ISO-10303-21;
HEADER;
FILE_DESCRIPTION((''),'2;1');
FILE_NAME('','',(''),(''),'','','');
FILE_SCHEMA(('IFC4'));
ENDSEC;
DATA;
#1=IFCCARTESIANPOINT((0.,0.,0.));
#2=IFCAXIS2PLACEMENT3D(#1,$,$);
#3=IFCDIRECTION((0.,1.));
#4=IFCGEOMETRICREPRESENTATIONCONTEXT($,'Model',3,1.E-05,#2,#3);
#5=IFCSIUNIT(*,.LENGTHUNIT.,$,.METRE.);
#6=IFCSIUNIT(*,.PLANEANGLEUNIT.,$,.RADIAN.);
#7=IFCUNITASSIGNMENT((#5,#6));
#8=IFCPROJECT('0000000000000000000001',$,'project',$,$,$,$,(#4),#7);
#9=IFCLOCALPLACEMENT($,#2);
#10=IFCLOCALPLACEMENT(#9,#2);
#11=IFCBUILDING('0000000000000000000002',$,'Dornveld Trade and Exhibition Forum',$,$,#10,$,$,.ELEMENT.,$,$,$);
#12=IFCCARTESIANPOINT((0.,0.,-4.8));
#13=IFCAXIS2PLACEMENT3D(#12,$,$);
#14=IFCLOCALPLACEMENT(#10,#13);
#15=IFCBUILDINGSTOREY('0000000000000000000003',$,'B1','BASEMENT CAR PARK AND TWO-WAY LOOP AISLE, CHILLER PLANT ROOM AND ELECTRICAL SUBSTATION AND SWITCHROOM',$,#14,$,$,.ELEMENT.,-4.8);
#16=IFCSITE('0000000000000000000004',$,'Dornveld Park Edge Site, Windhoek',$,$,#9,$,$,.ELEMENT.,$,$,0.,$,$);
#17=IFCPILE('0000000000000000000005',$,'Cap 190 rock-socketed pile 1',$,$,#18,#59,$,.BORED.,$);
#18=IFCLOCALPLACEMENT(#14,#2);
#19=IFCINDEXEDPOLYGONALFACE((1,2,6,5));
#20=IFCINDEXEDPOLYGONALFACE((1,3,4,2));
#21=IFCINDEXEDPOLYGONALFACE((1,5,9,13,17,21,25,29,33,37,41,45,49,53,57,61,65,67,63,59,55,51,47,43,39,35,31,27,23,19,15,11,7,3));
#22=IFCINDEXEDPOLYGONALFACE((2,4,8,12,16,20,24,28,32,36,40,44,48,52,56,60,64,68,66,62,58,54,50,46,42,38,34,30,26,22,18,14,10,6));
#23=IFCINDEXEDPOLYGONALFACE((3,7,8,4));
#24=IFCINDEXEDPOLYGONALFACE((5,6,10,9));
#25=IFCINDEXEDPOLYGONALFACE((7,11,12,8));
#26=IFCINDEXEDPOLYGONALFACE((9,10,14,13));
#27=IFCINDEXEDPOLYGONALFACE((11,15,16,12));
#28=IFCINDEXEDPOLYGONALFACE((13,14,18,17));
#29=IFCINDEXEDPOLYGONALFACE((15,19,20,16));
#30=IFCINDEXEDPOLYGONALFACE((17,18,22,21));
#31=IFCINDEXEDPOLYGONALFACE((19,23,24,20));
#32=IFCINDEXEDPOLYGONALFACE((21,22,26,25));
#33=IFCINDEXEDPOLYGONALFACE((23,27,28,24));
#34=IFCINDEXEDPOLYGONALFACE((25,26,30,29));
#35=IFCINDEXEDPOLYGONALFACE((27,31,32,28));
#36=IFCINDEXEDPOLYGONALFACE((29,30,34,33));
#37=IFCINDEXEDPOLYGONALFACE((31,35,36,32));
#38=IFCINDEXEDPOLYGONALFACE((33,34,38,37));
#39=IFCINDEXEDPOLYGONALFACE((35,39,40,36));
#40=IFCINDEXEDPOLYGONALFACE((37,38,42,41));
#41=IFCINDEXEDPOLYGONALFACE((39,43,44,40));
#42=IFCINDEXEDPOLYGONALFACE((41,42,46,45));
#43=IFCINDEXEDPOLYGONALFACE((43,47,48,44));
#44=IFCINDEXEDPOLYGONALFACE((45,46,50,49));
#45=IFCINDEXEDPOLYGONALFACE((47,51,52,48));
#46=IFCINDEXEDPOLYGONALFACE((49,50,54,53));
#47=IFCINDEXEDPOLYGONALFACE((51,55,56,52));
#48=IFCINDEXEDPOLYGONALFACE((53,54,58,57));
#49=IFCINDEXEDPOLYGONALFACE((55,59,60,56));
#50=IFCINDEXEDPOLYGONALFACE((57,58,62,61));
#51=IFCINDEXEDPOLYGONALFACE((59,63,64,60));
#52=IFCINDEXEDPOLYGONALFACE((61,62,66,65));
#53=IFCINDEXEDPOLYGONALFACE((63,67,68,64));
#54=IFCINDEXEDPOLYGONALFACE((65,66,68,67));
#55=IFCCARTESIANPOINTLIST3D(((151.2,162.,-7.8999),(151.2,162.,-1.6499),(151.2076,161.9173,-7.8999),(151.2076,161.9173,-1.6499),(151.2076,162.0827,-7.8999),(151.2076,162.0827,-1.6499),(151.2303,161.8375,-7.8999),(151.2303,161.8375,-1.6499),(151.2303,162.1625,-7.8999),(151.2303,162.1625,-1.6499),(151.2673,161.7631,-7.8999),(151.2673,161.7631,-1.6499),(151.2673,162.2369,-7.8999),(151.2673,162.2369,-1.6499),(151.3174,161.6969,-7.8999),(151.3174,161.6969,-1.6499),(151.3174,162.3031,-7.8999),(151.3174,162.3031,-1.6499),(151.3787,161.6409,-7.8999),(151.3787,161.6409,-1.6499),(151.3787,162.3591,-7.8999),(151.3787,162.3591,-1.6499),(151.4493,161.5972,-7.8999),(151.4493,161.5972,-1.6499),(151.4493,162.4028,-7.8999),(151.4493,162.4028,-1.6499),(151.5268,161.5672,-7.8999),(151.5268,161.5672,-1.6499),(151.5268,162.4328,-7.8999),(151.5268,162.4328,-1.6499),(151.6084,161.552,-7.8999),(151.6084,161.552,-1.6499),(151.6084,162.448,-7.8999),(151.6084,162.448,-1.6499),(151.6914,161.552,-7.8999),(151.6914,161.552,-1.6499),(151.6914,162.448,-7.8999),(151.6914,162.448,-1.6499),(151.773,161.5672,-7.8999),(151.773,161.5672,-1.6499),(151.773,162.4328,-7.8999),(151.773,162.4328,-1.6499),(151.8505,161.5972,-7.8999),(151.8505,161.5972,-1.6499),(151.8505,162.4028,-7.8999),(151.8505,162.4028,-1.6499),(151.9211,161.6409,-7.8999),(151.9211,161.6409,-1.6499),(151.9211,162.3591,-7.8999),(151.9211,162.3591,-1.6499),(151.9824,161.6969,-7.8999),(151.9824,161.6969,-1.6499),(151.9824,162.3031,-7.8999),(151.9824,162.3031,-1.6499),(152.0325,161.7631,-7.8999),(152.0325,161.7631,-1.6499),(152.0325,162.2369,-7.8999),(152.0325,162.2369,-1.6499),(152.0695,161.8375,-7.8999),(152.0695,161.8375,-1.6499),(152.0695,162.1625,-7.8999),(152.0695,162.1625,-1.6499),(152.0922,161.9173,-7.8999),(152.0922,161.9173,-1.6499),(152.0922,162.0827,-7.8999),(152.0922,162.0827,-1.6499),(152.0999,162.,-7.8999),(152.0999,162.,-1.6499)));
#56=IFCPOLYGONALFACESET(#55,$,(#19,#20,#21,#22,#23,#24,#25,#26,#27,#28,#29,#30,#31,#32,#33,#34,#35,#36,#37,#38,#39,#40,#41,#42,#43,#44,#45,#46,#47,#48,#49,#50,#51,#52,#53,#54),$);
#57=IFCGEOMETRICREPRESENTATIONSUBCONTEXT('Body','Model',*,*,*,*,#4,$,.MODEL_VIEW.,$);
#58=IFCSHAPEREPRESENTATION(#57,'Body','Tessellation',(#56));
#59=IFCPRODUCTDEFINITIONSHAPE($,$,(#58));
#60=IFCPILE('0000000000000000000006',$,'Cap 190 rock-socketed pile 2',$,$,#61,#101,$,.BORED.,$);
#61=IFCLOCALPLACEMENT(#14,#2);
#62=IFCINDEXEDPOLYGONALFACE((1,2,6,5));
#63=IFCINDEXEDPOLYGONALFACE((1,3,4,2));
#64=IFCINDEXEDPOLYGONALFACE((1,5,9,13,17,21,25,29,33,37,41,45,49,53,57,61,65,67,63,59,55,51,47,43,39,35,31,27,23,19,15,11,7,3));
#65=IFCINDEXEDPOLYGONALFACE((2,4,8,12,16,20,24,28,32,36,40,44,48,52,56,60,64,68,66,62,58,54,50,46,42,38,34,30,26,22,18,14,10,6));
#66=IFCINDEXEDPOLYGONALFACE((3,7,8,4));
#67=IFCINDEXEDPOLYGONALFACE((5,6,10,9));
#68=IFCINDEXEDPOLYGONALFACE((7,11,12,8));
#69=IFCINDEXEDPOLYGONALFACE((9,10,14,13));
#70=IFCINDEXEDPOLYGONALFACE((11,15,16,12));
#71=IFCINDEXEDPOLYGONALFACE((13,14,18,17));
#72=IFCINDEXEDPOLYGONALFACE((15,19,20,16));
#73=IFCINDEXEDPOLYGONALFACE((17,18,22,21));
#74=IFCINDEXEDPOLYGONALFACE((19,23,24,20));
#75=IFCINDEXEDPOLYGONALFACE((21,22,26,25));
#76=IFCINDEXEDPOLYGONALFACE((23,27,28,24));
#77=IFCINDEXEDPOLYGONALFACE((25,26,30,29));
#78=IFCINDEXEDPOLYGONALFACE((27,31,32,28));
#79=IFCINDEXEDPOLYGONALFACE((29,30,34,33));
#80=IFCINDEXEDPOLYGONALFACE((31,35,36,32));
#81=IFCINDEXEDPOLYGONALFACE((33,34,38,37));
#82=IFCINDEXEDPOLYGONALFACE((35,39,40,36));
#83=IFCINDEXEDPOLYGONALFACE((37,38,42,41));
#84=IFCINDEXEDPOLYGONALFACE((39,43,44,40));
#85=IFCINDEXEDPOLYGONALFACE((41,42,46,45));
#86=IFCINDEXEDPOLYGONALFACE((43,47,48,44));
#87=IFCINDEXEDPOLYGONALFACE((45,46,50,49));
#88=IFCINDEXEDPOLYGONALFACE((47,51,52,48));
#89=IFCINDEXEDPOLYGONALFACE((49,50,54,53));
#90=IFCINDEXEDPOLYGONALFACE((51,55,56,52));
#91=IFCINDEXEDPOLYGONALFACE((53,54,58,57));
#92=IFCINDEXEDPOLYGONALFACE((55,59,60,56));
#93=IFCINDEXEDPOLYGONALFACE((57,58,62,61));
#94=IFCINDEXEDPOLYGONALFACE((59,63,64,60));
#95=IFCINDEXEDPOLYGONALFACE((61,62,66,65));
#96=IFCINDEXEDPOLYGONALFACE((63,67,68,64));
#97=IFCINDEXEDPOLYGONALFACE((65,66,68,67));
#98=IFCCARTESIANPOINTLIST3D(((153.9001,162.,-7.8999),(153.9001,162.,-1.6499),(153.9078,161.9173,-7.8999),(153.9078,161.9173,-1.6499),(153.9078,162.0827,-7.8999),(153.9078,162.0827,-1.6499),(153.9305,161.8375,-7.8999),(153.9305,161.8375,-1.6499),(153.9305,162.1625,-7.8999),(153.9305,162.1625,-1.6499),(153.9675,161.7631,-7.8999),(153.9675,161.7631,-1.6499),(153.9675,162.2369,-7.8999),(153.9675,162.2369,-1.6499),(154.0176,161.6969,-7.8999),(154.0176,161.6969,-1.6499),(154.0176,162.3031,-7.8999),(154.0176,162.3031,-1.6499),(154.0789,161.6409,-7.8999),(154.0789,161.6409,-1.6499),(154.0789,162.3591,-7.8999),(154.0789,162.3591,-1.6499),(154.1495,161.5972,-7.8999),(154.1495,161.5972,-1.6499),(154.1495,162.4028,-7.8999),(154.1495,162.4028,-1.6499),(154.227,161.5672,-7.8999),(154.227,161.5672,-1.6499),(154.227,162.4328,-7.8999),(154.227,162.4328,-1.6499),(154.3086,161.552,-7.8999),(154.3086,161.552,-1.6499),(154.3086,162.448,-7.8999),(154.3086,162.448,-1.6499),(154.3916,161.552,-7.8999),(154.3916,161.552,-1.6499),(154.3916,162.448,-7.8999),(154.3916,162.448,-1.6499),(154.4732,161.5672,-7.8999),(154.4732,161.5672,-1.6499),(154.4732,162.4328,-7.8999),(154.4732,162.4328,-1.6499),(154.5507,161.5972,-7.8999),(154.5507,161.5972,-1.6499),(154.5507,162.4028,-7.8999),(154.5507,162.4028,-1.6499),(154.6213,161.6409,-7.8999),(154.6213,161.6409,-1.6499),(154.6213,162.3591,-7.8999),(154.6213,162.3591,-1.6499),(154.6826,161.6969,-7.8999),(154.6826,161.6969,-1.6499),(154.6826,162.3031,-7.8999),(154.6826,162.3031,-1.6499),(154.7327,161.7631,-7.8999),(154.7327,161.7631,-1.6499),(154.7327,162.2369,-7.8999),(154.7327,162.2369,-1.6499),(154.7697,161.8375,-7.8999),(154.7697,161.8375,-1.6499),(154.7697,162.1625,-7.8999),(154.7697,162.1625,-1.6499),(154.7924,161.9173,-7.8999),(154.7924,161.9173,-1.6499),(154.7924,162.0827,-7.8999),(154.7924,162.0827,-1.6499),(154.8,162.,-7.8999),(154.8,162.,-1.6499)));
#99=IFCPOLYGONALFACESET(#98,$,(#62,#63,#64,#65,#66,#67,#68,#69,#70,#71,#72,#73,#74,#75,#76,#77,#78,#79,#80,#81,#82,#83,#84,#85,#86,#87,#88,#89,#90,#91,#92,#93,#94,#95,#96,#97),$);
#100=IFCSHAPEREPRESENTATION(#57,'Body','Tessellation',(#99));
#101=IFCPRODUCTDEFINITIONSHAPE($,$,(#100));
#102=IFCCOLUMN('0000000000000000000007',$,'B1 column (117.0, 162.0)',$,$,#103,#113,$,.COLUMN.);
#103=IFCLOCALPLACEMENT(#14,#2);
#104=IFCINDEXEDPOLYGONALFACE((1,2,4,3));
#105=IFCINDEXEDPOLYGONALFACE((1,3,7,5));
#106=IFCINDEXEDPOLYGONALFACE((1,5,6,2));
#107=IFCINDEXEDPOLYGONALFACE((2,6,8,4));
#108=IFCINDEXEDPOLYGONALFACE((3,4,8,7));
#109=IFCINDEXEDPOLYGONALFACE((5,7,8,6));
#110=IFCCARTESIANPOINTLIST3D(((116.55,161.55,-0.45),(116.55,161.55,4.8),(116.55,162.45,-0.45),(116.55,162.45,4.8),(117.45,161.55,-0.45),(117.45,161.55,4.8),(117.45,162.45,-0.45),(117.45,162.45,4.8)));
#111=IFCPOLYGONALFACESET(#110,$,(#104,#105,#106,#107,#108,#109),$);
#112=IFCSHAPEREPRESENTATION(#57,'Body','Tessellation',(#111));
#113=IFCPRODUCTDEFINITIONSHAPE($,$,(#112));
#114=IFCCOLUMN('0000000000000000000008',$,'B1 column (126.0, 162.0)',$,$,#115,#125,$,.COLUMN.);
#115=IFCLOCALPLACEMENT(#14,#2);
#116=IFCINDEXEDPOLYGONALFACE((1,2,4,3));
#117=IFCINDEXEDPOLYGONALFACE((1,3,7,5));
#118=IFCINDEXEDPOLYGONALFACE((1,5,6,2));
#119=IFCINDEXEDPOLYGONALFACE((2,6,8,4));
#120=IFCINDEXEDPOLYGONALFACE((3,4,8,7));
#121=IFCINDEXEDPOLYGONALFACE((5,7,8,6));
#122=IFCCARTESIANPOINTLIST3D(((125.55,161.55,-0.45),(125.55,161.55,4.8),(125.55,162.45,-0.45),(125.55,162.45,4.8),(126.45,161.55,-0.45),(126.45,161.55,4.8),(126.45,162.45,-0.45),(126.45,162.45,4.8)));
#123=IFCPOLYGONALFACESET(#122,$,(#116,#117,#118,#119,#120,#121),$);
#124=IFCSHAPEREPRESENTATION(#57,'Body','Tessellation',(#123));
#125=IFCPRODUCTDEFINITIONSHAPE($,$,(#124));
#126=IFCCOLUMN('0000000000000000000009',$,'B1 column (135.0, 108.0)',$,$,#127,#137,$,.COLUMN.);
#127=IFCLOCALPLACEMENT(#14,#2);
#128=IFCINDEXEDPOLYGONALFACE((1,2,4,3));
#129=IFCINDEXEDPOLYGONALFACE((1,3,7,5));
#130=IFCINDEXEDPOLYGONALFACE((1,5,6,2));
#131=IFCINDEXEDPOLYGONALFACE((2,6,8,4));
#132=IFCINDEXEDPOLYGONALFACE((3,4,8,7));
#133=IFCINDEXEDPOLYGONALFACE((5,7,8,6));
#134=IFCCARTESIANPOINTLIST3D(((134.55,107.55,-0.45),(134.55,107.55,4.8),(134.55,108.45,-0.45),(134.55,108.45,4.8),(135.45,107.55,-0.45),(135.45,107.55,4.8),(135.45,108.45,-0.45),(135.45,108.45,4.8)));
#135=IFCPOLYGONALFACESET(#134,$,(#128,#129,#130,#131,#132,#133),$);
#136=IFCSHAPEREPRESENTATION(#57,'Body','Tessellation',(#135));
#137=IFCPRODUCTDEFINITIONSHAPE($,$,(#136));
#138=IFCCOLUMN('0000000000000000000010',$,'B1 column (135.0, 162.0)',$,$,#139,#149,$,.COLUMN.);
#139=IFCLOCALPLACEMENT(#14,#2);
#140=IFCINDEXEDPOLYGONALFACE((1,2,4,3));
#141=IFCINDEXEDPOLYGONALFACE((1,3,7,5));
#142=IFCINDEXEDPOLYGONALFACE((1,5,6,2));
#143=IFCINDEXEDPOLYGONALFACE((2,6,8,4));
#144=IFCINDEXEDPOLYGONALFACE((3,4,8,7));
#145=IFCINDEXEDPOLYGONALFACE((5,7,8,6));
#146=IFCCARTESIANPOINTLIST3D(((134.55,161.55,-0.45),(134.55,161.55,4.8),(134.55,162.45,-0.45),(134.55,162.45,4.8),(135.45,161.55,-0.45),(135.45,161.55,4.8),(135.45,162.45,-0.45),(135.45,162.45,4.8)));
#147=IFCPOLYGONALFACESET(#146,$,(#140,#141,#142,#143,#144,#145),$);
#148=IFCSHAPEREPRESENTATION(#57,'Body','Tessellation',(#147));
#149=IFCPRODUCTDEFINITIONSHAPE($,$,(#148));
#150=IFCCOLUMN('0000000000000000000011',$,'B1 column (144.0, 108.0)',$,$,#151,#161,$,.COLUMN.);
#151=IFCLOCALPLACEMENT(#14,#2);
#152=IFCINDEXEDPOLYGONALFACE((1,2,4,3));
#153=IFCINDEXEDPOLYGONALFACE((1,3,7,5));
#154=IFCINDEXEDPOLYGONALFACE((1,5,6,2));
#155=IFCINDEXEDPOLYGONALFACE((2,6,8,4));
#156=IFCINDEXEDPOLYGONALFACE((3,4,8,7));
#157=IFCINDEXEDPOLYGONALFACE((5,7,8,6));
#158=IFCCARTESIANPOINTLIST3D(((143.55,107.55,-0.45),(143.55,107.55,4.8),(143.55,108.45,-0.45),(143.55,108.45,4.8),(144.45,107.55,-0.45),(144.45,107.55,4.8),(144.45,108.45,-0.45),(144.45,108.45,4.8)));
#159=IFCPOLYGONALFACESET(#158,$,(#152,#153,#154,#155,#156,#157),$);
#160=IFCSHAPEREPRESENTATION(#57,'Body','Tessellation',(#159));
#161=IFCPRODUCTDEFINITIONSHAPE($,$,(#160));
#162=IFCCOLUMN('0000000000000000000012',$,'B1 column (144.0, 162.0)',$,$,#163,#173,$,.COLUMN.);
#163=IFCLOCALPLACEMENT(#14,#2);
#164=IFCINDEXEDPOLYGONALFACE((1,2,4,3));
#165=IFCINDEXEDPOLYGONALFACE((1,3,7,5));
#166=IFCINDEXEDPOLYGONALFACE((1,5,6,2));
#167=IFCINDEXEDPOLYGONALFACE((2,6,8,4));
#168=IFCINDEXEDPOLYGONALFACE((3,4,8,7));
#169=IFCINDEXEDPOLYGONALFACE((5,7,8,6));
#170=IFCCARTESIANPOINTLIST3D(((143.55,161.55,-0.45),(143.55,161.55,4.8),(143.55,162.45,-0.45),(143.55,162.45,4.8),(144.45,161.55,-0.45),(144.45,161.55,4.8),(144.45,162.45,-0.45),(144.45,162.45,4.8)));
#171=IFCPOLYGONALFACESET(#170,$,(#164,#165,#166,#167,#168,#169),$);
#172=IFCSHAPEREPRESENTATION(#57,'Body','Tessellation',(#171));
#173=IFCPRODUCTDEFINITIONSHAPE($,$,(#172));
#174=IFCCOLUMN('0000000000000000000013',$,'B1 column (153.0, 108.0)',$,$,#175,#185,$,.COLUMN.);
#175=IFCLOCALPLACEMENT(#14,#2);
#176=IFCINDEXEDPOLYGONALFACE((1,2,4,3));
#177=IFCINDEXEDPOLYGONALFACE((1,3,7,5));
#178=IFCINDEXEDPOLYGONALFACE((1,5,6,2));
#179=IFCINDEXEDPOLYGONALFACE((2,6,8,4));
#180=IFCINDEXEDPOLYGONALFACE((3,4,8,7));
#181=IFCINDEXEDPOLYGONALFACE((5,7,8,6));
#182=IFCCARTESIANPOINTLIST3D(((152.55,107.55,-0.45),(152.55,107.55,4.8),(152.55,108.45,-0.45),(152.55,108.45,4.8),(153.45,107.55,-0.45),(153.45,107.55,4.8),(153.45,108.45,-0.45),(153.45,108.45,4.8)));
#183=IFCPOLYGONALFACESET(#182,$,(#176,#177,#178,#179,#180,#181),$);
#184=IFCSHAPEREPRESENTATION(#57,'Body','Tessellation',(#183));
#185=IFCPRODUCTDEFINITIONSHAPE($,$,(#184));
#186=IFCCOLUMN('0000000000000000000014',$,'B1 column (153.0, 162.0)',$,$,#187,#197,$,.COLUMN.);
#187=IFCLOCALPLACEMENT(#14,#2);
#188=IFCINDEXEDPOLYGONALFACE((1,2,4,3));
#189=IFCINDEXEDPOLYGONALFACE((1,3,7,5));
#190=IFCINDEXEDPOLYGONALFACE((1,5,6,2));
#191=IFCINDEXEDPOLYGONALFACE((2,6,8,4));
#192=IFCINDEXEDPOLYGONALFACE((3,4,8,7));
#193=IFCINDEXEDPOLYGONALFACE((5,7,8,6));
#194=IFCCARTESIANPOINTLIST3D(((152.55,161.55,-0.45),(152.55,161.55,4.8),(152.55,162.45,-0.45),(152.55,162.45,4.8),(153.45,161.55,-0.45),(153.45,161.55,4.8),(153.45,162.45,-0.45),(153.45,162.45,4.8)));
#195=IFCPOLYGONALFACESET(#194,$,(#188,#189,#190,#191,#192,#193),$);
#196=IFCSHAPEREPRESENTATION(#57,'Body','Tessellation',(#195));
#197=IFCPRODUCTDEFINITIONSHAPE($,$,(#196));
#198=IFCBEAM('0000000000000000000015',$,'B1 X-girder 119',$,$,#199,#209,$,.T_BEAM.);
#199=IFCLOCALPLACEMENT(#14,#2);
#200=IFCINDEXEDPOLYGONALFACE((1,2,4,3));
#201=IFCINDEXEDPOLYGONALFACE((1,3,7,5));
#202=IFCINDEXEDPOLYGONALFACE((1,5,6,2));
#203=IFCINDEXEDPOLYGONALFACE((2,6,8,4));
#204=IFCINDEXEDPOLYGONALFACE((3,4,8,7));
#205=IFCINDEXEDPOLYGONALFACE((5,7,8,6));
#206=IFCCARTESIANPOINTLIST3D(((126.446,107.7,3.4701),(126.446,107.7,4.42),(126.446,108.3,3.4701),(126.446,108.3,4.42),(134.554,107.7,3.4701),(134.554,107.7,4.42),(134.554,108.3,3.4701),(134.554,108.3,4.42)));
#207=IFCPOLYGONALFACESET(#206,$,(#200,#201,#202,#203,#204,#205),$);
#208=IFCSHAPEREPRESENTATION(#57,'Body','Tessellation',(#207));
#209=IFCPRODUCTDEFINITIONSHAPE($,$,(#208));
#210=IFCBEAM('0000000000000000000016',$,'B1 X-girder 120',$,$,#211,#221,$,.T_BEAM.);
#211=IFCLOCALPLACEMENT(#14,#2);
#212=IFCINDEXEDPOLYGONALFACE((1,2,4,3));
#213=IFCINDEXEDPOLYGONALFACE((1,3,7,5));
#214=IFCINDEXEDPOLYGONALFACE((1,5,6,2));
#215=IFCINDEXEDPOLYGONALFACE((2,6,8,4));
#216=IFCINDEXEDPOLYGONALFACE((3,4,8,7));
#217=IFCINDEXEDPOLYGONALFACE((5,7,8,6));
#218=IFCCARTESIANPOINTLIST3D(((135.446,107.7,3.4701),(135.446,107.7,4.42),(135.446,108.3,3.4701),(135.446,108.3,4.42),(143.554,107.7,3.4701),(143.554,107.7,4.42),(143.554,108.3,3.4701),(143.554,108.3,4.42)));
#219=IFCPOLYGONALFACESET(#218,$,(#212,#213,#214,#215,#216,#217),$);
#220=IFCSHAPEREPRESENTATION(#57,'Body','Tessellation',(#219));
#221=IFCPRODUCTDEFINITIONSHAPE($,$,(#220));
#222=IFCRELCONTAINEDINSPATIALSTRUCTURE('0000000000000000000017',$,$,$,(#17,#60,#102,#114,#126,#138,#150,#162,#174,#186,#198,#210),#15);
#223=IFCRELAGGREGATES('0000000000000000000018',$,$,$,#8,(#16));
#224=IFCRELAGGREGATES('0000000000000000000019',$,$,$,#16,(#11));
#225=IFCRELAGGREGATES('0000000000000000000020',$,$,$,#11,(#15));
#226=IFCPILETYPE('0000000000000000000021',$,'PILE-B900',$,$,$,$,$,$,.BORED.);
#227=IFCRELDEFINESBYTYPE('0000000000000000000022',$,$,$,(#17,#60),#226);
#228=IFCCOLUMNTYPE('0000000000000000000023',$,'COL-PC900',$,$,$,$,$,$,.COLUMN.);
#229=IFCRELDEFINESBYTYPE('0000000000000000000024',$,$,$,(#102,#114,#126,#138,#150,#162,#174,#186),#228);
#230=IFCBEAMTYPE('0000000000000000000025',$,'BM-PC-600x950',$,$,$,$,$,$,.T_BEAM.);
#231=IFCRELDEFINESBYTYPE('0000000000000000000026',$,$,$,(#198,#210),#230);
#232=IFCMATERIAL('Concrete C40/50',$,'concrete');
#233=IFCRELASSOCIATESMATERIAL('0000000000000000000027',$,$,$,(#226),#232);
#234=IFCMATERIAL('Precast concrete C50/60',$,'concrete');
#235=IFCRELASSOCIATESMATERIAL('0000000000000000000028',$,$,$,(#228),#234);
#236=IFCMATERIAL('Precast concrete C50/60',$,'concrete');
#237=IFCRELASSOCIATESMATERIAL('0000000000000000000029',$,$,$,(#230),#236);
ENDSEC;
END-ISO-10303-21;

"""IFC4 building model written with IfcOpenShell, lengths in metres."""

from ifc_helpers import new_model, si_unit, direction, frame, origin, origin_2d, place, context, subcontext, project, spatial, rectangle, circle, extrude, material, material_profile, profile_set, type_object, element, save


model = new_model("IFC4")

# Units and contexts
model_context = context("Model", 3, precision=1e-05, world=origin(), true_north=direction((0.0, 1.0)))
body_context = subcontext(model_context, "Body", "Model", "MODEL_VIEW")
ifc_project = project(units=[si_unit("LENGTHUNIT", "METRE"), si_unit("PLANEANGLEUNIT", "RADIAN")], contexts=[model_context])

# Site, building, storey
site_placement = place(None, origin())
site = spatial("IfcSite", under=ifc_project, at=site_placement, Name="Dornveld Park Edge Site, Windhoek", CompositionType="ELEMENT", RefElevation=0.0)
building_placement = place(site_placement, origin())
building = spatial("IfcBuilding", under=site, at=building_placement, Name="Dornveld Trade and Exhibition Forum", CompositionType="ELEMENT")
storey_placement = place(building_placement, frame((0.0, 0.0, -4.8)))
storey = spatial("IfcBuildingStorey", under=building, at=storey_placement, Name="B1", Description="BASEMENT CAR PARK AND TWO-WAY LOOP AISLE, CHILLER PLANT ROOM AND ELECTRICAL SUBSTATION AND SWITCHROOM", CompositionType="ELEMENT", Elevation=-4.8)

# Piles
ifc_material_1 = material(Name="Concrete C40/50", Category="concrete")
ifc_material_profile_1 = material_profile(ifc_material_1, circle(Radius=0.45, at=origin_2d()), Name="PILE D900")
ifc_profile_set_1 = profile_set([ifc_material_profile_1], Name="Concrete C40/50")
pile_type = type_object("IfcPileType", Name="PILE-B900", PredefinedType="BORED", material=ifc_profile_set_1)
for number, where, z_axis, x_axis, name in (
    (1, (151.6499, 162.0, -1.6499), (0.0, 0.0, -1.0), (1.0, 0.0, 0.0), "Cap 190 rock-socketed pile 1"),
    (2, (154.3501, 162.0, -1.6499), (0.0, 0.0, -1.0), (1.0, 0.0, 0.0), "Cap 190 rock-socketed pile 2"),
):
    element("IfcPile", number, at=place(storey_placement, frame(where, z_axis=z_axis, x_axis=x_axis)), inside=storey, type_object=pile_type, Name=name, PredefinedType="BORED", context=body_context, shape_type="SweptSolid", body=[
        extrude(circle(Radius=0.45, at=origin_2d()), origin(), (0.0, 0.0, 1.0), 6.25),
    ])

# Columns
ifc_material_2 = material(Name="Precast concrete C50/60", Category="concrete")
ifc_material_profile_2 = material_profile(ifc_material_2, rectangle(XDim=0.8999, YDim=0.8999, at=origin_2d()), Name="PC-COL 900x900")
ifc_profile_set_2 = profile_set([ifc_material_profile_2], Name="Precast concrete C50/60")
column_type = type_object("IfcColumnType", Name="COL-PC900", PredefinedType="COLUMN", material=ifc_profile_set_2)
for number, where, z_axis, x_axis, name in (
    (3, (117.0, 162.0, -0.45), (0.0, 0.0, 1.0), (1.0, 0.0, 0.0), "B1 column (117.0, 162.0)"),
    (4, (126.0, 162.0, -0.45), (0.0, 0.0, 1.0), (1.0, 0.0, 0.0), "B1 column (126.0, 162.0)"),
    (5, (135.0, 108.0, -0.45), (0.0, 0.0, 1.0), (1.0, 0.0, 0.0), "B1 column (135.0, 108.0)"),
    (6, (135.0, 162.0, -0.45), (0.0, 0.0, 1.0), (1.0, 0.0, 0.0), "B1 column (135.0, 162.0)"),
    (7, (144.0, 108.0, -0.45), (0.0, 0.0, 1.0), (1.0, 0.0, 0.0), "B1 column (144.0, 108.0)"),
    (8, (144.0, 162.0, -0.45), (0.0, 0.0, 1.0), (1.0, 0.0, 0.0), "B1 column (144.0, 162.0)"),
    (9, (153.0, 108.0, -0.45), (0.0, 0.0, 1.0), (1.0, 0.0, 0.0), "B1 column (153.0, 108.0)"),
    (10, (153.0, 162.0, -0.45), (0.0, 0.0, 1.0), (1.0, 0.0, 0.0), "B1 column (153.0, 162.0)"),
):
    element("IfcColumn", number, at=place(storey_placement, frame(where, z_axis=z_axis, x_axis=x_axis)), inside=storey, type_object=column_type, Name=name, PredefinedType="COLUMN", context=body_context, shape_type="SweptSolid", body=[
        extrude(rectangle(XDim=0.8999, YDim=0.8999, at=origin_2d()), origin(), (0.0, 0.0, 1.0), 5.25),
    ])

# Beams
ifc_material_3 = material(Name="Precast concrete C50/60", Category="concrete")
ifc_material_profile_3 = material_profile(ifc_material_3, rectangle(XDim=0.6001, YDim=0.95, at=origin_2d()), Name="PC-GIR 600x950")
ifc_profile_set_3 = profile_set([ifc_material_profile_3], Name="Precast concrete C50/60")
beam_type = type_object("IfcBeamType", Name="BM-PC-600x950", PredefinedType="T_BEAM", material=ifc_profile_set_3)
for number, where, z_axis, x_axis, name in (
    (11, (126.446, 108.0, 3.9451), (1.0, 0.0, 0.0), (0.0, 1.0, 0.0), "B1 X-girder 119"),
    (12, (135.446, 108.0, 3.9451), (1.0, 0.0, 0.0), (0.0, 1.0, 0.0), "B1 X-girder 120"),
):
    element("IfcBeam", number, at=place(storey_placement, frame(where, z_axis=z_axis, x_axis=x_axis)), inside=storey, type_object=beam_type, Name=name, PredefinedType="T_BEAM", context=body_context, shape_type="SweptSolid", body=[
        extrude(rectangle(XDim=0.6001, YDim=0.95, at=origin_2d()), origin(), (0.0, 0.0, 1.0), 8.1079),
    ])

save(model, "model.ifc")
